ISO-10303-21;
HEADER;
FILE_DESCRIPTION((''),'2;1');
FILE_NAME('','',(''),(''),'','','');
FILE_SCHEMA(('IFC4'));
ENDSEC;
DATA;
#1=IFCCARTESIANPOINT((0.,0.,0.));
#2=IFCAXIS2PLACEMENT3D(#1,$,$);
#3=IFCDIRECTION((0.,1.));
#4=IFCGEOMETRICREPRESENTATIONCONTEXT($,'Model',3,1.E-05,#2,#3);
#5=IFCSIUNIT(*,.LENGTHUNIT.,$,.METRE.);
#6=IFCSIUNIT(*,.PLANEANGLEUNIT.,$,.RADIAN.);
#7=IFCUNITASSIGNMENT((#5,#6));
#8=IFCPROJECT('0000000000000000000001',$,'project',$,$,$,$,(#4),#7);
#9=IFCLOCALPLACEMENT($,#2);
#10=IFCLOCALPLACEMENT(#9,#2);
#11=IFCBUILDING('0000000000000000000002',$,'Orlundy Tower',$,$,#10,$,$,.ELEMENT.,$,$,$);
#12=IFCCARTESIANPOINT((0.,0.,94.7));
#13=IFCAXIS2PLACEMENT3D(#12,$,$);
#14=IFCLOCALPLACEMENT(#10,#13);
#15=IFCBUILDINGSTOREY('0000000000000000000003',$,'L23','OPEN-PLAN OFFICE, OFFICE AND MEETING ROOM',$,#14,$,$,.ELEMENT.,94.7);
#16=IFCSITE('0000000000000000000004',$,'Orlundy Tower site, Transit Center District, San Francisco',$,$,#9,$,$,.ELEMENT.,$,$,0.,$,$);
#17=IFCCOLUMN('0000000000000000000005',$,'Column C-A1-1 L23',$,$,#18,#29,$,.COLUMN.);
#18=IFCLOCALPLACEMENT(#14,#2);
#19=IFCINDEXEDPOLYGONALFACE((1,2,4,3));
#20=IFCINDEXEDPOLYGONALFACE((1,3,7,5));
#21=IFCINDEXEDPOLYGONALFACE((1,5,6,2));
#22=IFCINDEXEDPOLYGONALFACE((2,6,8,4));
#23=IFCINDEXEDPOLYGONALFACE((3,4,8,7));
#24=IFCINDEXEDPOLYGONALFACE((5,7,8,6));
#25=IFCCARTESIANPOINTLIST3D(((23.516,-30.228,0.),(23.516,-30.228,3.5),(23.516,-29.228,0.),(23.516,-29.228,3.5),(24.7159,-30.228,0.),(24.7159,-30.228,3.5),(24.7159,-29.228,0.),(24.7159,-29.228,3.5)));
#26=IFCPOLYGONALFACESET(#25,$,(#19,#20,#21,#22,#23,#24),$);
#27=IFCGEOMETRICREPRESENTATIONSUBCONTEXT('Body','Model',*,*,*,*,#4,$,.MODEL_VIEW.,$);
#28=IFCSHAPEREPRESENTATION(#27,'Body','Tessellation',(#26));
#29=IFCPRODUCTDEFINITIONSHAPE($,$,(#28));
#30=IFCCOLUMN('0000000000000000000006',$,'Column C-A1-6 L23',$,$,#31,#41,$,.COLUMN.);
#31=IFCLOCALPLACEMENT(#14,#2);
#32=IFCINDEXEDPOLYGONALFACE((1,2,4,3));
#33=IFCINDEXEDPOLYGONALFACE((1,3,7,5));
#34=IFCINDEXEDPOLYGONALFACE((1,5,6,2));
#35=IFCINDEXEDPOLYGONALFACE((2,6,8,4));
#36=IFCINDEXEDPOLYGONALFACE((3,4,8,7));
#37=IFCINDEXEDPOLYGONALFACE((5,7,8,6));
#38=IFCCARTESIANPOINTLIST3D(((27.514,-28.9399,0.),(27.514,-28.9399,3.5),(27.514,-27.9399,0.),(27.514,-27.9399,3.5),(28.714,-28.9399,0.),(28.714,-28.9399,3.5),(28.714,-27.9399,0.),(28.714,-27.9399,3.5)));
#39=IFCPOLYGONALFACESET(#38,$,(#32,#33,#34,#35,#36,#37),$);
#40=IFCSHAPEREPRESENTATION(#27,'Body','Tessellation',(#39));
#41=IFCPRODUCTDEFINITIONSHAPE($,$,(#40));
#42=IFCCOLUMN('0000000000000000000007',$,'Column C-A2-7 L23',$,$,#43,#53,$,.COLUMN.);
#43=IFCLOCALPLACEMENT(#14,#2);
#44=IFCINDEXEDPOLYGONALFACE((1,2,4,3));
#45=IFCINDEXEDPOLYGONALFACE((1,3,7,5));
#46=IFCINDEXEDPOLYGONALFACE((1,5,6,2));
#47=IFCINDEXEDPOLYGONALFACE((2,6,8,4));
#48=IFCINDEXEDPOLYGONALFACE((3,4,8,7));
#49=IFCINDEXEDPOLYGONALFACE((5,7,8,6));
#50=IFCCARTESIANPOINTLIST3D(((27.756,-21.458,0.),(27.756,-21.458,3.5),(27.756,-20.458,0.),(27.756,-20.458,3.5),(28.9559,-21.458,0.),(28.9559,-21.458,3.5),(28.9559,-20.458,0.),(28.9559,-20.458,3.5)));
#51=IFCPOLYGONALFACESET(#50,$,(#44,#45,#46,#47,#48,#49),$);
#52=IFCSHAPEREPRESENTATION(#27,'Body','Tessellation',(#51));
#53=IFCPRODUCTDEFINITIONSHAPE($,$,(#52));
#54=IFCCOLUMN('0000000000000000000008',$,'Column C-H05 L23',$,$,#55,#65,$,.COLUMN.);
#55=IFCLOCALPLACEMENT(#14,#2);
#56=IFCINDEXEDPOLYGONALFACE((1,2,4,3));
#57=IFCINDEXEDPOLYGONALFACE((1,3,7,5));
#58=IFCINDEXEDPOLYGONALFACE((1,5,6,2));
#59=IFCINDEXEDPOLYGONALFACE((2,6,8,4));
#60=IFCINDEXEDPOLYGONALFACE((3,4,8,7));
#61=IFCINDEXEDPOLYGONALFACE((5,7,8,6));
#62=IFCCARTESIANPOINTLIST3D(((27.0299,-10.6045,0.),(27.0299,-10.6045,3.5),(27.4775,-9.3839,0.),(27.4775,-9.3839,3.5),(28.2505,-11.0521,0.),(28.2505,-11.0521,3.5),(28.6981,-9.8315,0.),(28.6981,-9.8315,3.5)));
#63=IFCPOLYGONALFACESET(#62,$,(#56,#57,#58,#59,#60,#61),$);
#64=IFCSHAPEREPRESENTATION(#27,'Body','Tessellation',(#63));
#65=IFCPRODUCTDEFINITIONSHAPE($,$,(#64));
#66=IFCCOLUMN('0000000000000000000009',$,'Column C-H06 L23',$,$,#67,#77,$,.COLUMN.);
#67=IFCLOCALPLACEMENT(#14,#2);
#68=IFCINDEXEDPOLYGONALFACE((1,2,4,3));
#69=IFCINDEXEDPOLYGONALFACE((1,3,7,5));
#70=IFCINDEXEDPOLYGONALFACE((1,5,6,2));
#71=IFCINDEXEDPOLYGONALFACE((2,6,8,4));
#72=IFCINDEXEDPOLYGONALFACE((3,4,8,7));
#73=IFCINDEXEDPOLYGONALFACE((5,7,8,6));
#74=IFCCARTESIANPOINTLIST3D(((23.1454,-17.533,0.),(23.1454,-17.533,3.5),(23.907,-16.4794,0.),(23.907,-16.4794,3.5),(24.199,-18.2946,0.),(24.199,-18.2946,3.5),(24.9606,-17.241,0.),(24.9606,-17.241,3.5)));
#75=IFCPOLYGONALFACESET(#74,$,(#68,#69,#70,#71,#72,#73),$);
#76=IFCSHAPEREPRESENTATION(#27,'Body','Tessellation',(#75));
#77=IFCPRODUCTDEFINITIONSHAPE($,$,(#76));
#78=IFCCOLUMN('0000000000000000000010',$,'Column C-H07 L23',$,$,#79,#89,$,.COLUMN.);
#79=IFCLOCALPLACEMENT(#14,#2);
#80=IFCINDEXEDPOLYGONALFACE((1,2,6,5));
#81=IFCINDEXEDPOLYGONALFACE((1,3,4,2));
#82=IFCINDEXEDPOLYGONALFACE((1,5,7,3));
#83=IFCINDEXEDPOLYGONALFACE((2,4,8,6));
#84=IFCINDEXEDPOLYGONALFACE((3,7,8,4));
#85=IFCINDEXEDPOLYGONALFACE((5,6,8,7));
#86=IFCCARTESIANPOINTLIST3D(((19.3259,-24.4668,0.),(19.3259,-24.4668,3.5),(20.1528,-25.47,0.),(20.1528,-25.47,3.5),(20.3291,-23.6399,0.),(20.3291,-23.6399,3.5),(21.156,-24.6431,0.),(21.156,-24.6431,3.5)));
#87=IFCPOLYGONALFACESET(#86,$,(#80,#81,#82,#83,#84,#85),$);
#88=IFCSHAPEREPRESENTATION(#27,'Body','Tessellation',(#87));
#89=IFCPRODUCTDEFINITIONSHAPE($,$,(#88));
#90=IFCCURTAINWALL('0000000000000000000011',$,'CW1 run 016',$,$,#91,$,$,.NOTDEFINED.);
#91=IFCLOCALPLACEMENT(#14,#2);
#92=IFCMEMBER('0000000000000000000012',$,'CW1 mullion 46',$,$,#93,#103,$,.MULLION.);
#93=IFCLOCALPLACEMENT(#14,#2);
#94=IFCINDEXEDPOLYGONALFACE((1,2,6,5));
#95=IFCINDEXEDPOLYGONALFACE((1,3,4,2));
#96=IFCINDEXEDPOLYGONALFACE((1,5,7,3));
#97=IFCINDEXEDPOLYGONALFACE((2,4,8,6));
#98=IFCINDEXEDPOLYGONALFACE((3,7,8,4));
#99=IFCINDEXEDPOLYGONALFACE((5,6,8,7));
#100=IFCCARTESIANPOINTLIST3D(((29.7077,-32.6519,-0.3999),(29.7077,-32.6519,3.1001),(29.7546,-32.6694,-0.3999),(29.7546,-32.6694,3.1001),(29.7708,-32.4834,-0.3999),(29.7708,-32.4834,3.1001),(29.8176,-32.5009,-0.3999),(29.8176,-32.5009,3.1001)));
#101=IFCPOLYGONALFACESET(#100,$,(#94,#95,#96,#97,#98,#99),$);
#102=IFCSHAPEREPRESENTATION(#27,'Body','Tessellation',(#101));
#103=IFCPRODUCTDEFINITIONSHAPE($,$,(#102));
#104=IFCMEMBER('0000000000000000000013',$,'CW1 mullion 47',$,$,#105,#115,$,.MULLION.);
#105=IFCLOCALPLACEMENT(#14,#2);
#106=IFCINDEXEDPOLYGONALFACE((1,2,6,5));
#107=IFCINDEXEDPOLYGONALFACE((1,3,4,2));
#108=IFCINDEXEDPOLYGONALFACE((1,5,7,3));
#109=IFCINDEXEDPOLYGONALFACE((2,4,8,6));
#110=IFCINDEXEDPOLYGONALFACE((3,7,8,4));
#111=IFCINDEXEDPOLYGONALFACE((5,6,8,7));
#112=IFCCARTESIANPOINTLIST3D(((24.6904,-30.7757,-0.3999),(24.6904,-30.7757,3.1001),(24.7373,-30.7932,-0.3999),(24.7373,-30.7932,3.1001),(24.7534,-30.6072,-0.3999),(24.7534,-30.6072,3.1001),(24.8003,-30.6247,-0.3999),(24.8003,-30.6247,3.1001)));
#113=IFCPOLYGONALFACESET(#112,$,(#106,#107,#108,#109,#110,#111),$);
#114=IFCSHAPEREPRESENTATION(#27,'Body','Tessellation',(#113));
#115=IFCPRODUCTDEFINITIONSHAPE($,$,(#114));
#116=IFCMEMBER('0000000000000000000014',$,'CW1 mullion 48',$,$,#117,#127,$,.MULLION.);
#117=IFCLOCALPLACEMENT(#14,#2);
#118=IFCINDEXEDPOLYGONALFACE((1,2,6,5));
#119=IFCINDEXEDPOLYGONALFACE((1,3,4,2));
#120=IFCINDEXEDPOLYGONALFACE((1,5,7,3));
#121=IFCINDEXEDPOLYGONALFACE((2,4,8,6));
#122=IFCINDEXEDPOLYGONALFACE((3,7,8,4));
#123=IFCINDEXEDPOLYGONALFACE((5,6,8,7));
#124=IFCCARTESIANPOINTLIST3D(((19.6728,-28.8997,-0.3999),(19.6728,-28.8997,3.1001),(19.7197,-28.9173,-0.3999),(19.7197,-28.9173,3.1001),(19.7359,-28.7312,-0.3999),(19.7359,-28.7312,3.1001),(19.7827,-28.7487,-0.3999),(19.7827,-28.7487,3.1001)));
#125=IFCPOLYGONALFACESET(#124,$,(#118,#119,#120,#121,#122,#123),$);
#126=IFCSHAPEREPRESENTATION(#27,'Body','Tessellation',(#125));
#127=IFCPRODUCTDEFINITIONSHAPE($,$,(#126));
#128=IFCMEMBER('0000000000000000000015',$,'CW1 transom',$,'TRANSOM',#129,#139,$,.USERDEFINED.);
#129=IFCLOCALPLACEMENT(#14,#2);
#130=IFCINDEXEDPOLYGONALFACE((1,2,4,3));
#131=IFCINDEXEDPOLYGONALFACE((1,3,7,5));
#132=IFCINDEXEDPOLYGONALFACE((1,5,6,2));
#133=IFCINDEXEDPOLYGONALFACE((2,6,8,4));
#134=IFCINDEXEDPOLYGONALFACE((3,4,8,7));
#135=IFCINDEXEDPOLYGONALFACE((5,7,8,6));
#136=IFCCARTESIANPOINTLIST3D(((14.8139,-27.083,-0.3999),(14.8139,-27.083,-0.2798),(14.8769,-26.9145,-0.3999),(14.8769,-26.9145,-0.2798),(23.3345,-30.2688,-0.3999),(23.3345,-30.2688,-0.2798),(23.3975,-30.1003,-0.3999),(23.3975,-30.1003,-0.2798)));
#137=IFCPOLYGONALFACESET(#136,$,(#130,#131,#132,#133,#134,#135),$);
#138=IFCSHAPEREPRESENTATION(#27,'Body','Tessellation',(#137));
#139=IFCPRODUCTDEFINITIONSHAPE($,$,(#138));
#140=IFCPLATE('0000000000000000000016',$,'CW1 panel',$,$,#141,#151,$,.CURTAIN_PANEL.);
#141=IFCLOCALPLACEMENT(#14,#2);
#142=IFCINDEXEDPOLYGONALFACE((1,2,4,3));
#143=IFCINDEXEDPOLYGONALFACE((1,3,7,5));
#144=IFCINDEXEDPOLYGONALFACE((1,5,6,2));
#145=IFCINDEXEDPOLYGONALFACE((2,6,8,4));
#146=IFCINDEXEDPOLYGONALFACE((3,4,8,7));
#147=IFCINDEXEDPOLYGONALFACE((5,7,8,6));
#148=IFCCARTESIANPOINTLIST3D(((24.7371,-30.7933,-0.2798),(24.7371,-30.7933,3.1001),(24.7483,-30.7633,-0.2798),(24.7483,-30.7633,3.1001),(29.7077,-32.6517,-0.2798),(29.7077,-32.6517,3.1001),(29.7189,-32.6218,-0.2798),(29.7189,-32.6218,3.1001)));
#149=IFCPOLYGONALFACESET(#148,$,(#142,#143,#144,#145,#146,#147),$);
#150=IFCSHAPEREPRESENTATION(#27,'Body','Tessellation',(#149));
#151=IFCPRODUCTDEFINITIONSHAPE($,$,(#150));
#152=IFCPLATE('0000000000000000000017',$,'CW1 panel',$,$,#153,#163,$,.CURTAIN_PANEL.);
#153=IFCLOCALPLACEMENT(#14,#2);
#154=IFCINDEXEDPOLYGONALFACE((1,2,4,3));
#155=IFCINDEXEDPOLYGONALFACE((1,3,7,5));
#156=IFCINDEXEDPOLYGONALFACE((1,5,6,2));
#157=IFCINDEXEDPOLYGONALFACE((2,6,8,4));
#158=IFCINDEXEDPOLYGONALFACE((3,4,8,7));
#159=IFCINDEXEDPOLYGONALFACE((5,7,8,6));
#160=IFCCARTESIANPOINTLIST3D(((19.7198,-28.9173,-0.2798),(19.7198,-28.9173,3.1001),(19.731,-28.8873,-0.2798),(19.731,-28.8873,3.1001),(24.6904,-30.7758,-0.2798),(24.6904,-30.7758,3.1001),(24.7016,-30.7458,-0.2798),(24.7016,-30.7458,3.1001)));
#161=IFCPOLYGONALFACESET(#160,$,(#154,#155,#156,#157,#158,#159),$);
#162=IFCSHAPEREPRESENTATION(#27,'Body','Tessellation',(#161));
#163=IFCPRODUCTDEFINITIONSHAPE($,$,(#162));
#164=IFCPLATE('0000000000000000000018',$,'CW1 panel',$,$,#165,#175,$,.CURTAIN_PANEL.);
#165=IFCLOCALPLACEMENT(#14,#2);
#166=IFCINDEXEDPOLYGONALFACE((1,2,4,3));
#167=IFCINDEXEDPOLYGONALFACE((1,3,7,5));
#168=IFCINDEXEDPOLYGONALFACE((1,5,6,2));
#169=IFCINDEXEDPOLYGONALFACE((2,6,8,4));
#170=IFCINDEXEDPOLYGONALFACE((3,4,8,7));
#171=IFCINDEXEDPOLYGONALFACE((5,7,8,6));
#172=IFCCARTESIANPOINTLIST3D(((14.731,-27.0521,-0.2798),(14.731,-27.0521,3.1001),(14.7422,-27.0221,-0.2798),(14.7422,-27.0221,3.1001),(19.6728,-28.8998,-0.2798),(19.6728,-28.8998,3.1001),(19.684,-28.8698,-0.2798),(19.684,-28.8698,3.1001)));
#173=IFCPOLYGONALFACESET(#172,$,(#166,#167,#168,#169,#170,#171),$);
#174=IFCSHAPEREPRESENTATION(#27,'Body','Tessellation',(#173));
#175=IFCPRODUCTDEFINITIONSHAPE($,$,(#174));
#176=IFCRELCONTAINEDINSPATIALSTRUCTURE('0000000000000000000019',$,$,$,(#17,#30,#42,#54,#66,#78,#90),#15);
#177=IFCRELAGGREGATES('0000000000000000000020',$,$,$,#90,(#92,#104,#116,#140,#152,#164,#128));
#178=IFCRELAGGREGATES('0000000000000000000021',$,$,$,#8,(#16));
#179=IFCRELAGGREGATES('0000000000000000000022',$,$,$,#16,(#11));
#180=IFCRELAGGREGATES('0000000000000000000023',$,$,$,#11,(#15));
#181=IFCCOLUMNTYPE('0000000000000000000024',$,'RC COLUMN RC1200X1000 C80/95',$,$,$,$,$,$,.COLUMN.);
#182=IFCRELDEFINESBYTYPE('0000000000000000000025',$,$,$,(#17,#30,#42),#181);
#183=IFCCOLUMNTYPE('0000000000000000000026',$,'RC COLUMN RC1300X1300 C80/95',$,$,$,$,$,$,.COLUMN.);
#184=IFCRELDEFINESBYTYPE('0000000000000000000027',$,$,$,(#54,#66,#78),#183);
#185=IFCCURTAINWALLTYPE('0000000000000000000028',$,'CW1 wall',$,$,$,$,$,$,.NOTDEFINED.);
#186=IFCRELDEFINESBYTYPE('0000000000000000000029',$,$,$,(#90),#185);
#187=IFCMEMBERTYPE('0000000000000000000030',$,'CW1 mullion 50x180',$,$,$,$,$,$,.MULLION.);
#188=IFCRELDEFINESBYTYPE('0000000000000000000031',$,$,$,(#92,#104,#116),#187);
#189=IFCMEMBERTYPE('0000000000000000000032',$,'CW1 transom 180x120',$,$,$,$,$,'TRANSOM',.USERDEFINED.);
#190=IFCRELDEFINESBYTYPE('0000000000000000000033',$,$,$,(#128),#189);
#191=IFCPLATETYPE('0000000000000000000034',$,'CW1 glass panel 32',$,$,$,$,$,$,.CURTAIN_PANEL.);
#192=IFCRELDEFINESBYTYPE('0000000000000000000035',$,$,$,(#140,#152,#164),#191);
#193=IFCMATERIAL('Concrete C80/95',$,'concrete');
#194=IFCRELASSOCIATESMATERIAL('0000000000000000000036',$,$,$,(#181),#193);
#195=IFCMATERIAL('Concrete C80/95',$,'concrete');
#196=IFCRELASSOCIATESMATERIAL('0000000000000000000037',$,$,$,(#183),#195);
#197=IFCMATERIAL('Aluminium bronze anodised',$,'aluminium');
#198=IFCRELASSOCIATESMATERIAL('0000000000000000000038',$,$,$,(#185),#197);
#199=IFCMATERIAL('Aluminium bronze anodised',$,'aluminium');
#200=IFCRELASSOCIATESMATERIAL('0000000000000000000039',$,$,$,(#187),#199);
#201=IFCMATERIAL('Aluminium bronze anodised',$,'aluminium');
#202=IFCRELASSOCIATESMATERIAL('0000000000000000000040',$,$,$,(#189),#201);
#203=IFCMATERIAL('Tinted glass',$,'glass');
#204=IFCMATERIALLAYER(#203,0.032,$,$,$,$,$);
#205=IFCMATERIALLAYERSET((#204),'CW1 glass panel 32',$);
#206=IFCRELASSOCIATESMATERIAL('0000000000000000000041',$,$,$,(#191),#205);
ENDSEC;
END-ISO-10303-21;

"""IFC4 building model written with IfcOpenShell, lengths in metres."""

from ifc_helpers import new_model, si_unit, direction, frame, origin, origin_2d, place, context, subcontext, project, spatial, rectangle, extrude, material, layer, layer_set, material_profile, profile_set, type_object, element, aggregate, save


model = new_model("IFC4")

# Units and contexts
model_context = context("Model", 3, precision=1e-05, world=origin(), true_north=direction((0.0, 1.0)))
body_context = subcontext(model_context, "Body", "Model", "MODEL_VIEW")
ifc_project = project(units=[si_unit("LENGTHUNIT", "METRE"), si_unit("PLANEANGLEUNIT", "RADIAN")], contexts=[model_context])

# Site, building, storey
site_placement = place(None, origin())
site = spatial("IfcSite", under=ifc_project, at=site_placement, Name="Orlundy Tower site, Transit Center District, San Francisco", CompositionType="ELEMENT", RefElevation=0.0)
building_placement = place(site_placement, origin())
building = spatial("IfcBuilding", under=site, at=building_placement, Name="Orlundy Tower", CompositionType="ELEMENT")
storey_placement = place(building_placement, frame((0.0, 0.0, 94.7)))
storey = spatial("IfcBuildingStorey", under=building, at=storey_placement, Name="L23", Description="OPEN-PLAN OFFICE, OFFICE AND MEETING ROOM", CompositionType="ELEMENT", Elevation=94.7)

# Columns
ifc_material_1 = material(Name="Concrete C80/95", Category="concrete")
ifc_material_profile_1 = material_profile(ifc_material_1, rectangle(XDim=1.2, YDim=1.0, at=origin_2d()), Name="RC1200X1000")
ifc_profile_set_1 = profile_set([ifc_material_profile_1], Name="Concrete C80/95")
column_type_1 = type_object("IfcColumnType", Name="RC COLUMN RC1200X1000 C80/95", PredefinedType="COLUMN", material=ifc_profile_set_1)
for number, where, z_axis, x_axis, name in (
    (1, (24.116, -29.728, 0.0), (0.0, 0.0, 1.0), (1.0, 0.0, 0.0), "Column C-A1-1 L23"),
    (2, (28.114, -28.4399, 0.0), (0.0, 0.0, 1.0), (1.0, 0.0, 0.0), "Column C-A1-6 L23"),
    (3, (28.356, -20.958, 0.0), (0.0, 0.0, 1.0), (1.0, 0.0, 0.0), "Column C-A2-7 L23"),
):
    element("IfcColumn", number, at=place(storey_placement, frame(where, z_axis=z_axis, x_axis=x_axis)), inside=storey, type_object=column_type_1, Name=name, PredefinedType="COLUMN", context=body_context, shape_type="SweptSolid", body=[
        extrude(rectangle(XDim=1.2, YDim=1.0, at=origin_2d()), origin(), (0.0, 0.0, 1.0), 3.5),
    ])
ifc_material_2 = material(Name="Concrete C80/95", Category="concrete")
ifc_material_profile_2 = material_profile(ifc_material_2, rectangle(XDim=1.3, YDim=1.3, at=origin_2d()), Name="RC1300X1300")
ifc_profile_set_2 = profile_set([ifc_material_profile_2], Name="Concrete C80/95")
column_type_2 = type_object("IfcColumnType", Name="RC COLUMN RC1300X1300 C80/95", PredefinedType="COLUMN", material=ifc_profile_set_2)
for number, where, z_axis, x_axis, name in (
    (4, (27.864, -10.218, 0.0), (0.0, 0.0, 1.0), (0.938866, -0.344282, 0.0), "Column C-H05 L23"),
    (5, (24.053, -17.387, 0.0), (0.0, 0.0, 1.0), (0.81043, -0.585835, 0.0), "Column C-H06 L23"),
    (6, (20.241, -24.5549, 0.0), (0.0, 0.0, 1.0), (0.636065, -0.771636, 0.0), "Column C-H07 L23"),
):
    element("IfcColumn", number, at=place(storey_placement, frame(where, z_axis=z_axis, x_axis=x_axis)), inside=storey, type_object=column_type_2, Name=name, PredefinedType="COLUMN", context=body_context, shape_type="SweptSolid", body=[
        extrude(rectangle(XDim=1.3, YDim=1.3, at=origin_2d()), origin(), (0.0, 0.0, 1.0), 3.5),
    ])

# Curtain wall, members, plates
ifc_material_3 = material(Name="Aluminium bronze anodised", Category="aluminium")
curtain_wall_type = type_object("IfcCurtainWallType", Name="CW1 wall", PredefinedType="NOTDEFINED", material=ifc_material_3)
curtain_wall_placement = place(storey_placement, origin())
curtain_wall = element("IfcCurtainWall", 7, at=curtain_wall_placement, inside=storey, type_object=curtain_wall_type, Name="CW1 run 016", PredefinedType="NOTDEFINED")
ifc_material_4 = material(Name="Aluminium bronze anodised", Category="aluminium")
ifc_material_profile_3 = material_profile(ifc_material_4, rectangle(XDim=0.1799, YDim=0.05, at=origin_2d()), Name="CW1 mullion 50x180")
ifc_profile_set_3 = profile_set([ifc_material_profile_3], Name="Aluminium bronze anodised")
member_type_1 = type_object("IfcMemberType", Name="CW1 mullion 50x180", PredefinedType="MULLION", material=ifc_profile_set_3)
member_1_placement = place(storey_placement, frame((29.7627, -32.5764, -0.3999), z_axis=(0.0, 0.0, 1.0), x_axis=(-0.350219, -0.936668, 0.0)))
member_1 = element("IfcMember", 8, at=member_1_placement, type_object=member_type_1, Name="CW1 mullion 46", PredefinedType="MULLION", context=body_context, shape_type="SweptSolid", body=[
    extrude(rectangle(XDim=0.1799, YDim=0.05, at=origin_2d()), origin(), (0.0, 0.0, 1.0), 3.5),
])
member_2_placement = place(storey_placement, frame((24.7454, -30.7002, -0.3999), z_axis=(0.0, 0.0, 1.0), x_axis=(-0.350219, -0.936668, 0.0)))
member_2 = element("IfcMember", 9, at=member_2_placement, type_object=member_type_1, Name="CW1 mullion 47", PredefinedType="MULLION", context=body_context, shape_type="SweptSolid", body=[
    extrude(rectangle(XDim=0.1799, YDim=0.05, at=origin_2d()), origin(), (0.0, 0.0, 1.0), 3.5),
])
member_3_placement = place(storey_placement, frame((19.7278, -28.8242, -0.3999), z_axis=(0.0, 0.0, 1.0), x_axis=(-0.350219, -0.936668, 0.0)))
member_3 = element("IfcMember", 10, at=member_3_placement, type_object=member_type_1, Name="CW1 mullion 48", PredefinedType="MULLION", context=body_context, shape_type="SweptSolid", body=[
    extrude(rectangle(XDim=0.1799, YDim=0.05, at=origin_2d()), origin(), (0.0, 0.0, 1.0), 3.5),
])
ifc_material_5 = material(Name="Aluminium bronze anodised", Category="aluminium")
ifc_material_profile_4 = material_profile(ifc_material_5, rectangle(XDim=0.1799, YDim=0.1201, at=origin_2d()), Name="CW1 transom 180x120")
ifc_profile_set_4 = profile_set([ifc_material_profile_4], Name="Aluminium bronze anodised")
member_type_2 = type_object("IfcMemberType", Name="CW1 transom 180x120", ElementType="TRANSOM", PredefinedType="USERDEFINED", material=ifc_profile_set_4)
member_4_placement = place(storey_placement, frame((23.366, -30.1846, -0.3398), z_axis=(-0.936668, 0.350217, 0.0), x_axis=(-0.350217, -0.936668, 0.0)))
member_4 = element("IfcMember", 11, at=member_4_placement, type_object=member_type_2, Name="CW1 transom", ObjectType="TRANSOM", PredefinedType="USERDEFINED", context=body_context, shape_type="SweptSolid", body=[
    extrude(rectangle(XDim=0.1799, YDim=0.1201, at=origin_2d()), origin(), (0.0, 0.0, 1.0), 9.0967),
])
ifc_material_6 = material(Name="Tinted glass", Category="glass")
ifc_layer_1 = layer(ifc_material_6, 0.032)
ifc_layer_set_1 = layer_set([ifc_layer_1], Name="CW1 glass panel 32")
plate_type = type_object("IfcPlateType", Name="CW1 glass panel 32", PredefinedType="CURTAIN_PANEL", material=ifc_layer_set_1)
plate_1_placement = place(storey_placement, frame((27.228, -31.7075, -0.2798), z_axis=(0.0, 0.0, 1.0), x_axis=(-0.936668, 0.350219, 0.0)))
plate_1 = element("IfcPlate", 12, at=plate_1_placement, type_object=plate_type, Name="CW1 panel", PredefinedType="CURTAIN_PANEL", context=body_context, shape_type="SweptSolid", body=[
    extrude(rectangle(XDim=5.3066, YDim=0.032, at=origin_2d()), origin(), (0.0, 0.0, 1.0), 3.3799),
])
plate_2_placement = place(storey_placement, frame((22.2107, -29.8315, -0.2798), z_axis=(0.0, 0.0, 1.0), x_axis=(-0.936668, 0.350219, 0.0)))
plate_2 = element("IfcPlate", 13, at=plate_2_placement, type_object=plate_type, Name="CW1 panel", PredefinedType="CURTAIN_PANEL", context=body_context, shape_type="SweptSolid", body=[
    extrude(rectangle(XDim=5.3066, YDim=0.032, at=origin_2d()), origin(), (0.0, 0.0, 1.0), 3.3799),
])
plate_3_placement = place(storey_placement, frame((17.2075, -27.9609, -0.2798), z_axis=(0.0, 0.0, 1.0), x_axis=(-0.936668, 0.350219, 0.0)))
plate_3 = element("IfcPlate", 14, at=plate_3_placement, type_object=plate_type, Name="CW1 panel", PredefinedType="CURTAIN_PANEL", context=body_context, shape_type="SweptSolid", body=[
    extrude(rectangle(XDim=5.2759, YDim=0.032, at=origin_2d()), origin(), (0.0, 0.0, 1.0), 3.3799),
])
aggregate(curtain_wall, [member_1, member_2, member_3, plate_1, plate_2, plate_3, member_4])

save(model, "model.ifc")
